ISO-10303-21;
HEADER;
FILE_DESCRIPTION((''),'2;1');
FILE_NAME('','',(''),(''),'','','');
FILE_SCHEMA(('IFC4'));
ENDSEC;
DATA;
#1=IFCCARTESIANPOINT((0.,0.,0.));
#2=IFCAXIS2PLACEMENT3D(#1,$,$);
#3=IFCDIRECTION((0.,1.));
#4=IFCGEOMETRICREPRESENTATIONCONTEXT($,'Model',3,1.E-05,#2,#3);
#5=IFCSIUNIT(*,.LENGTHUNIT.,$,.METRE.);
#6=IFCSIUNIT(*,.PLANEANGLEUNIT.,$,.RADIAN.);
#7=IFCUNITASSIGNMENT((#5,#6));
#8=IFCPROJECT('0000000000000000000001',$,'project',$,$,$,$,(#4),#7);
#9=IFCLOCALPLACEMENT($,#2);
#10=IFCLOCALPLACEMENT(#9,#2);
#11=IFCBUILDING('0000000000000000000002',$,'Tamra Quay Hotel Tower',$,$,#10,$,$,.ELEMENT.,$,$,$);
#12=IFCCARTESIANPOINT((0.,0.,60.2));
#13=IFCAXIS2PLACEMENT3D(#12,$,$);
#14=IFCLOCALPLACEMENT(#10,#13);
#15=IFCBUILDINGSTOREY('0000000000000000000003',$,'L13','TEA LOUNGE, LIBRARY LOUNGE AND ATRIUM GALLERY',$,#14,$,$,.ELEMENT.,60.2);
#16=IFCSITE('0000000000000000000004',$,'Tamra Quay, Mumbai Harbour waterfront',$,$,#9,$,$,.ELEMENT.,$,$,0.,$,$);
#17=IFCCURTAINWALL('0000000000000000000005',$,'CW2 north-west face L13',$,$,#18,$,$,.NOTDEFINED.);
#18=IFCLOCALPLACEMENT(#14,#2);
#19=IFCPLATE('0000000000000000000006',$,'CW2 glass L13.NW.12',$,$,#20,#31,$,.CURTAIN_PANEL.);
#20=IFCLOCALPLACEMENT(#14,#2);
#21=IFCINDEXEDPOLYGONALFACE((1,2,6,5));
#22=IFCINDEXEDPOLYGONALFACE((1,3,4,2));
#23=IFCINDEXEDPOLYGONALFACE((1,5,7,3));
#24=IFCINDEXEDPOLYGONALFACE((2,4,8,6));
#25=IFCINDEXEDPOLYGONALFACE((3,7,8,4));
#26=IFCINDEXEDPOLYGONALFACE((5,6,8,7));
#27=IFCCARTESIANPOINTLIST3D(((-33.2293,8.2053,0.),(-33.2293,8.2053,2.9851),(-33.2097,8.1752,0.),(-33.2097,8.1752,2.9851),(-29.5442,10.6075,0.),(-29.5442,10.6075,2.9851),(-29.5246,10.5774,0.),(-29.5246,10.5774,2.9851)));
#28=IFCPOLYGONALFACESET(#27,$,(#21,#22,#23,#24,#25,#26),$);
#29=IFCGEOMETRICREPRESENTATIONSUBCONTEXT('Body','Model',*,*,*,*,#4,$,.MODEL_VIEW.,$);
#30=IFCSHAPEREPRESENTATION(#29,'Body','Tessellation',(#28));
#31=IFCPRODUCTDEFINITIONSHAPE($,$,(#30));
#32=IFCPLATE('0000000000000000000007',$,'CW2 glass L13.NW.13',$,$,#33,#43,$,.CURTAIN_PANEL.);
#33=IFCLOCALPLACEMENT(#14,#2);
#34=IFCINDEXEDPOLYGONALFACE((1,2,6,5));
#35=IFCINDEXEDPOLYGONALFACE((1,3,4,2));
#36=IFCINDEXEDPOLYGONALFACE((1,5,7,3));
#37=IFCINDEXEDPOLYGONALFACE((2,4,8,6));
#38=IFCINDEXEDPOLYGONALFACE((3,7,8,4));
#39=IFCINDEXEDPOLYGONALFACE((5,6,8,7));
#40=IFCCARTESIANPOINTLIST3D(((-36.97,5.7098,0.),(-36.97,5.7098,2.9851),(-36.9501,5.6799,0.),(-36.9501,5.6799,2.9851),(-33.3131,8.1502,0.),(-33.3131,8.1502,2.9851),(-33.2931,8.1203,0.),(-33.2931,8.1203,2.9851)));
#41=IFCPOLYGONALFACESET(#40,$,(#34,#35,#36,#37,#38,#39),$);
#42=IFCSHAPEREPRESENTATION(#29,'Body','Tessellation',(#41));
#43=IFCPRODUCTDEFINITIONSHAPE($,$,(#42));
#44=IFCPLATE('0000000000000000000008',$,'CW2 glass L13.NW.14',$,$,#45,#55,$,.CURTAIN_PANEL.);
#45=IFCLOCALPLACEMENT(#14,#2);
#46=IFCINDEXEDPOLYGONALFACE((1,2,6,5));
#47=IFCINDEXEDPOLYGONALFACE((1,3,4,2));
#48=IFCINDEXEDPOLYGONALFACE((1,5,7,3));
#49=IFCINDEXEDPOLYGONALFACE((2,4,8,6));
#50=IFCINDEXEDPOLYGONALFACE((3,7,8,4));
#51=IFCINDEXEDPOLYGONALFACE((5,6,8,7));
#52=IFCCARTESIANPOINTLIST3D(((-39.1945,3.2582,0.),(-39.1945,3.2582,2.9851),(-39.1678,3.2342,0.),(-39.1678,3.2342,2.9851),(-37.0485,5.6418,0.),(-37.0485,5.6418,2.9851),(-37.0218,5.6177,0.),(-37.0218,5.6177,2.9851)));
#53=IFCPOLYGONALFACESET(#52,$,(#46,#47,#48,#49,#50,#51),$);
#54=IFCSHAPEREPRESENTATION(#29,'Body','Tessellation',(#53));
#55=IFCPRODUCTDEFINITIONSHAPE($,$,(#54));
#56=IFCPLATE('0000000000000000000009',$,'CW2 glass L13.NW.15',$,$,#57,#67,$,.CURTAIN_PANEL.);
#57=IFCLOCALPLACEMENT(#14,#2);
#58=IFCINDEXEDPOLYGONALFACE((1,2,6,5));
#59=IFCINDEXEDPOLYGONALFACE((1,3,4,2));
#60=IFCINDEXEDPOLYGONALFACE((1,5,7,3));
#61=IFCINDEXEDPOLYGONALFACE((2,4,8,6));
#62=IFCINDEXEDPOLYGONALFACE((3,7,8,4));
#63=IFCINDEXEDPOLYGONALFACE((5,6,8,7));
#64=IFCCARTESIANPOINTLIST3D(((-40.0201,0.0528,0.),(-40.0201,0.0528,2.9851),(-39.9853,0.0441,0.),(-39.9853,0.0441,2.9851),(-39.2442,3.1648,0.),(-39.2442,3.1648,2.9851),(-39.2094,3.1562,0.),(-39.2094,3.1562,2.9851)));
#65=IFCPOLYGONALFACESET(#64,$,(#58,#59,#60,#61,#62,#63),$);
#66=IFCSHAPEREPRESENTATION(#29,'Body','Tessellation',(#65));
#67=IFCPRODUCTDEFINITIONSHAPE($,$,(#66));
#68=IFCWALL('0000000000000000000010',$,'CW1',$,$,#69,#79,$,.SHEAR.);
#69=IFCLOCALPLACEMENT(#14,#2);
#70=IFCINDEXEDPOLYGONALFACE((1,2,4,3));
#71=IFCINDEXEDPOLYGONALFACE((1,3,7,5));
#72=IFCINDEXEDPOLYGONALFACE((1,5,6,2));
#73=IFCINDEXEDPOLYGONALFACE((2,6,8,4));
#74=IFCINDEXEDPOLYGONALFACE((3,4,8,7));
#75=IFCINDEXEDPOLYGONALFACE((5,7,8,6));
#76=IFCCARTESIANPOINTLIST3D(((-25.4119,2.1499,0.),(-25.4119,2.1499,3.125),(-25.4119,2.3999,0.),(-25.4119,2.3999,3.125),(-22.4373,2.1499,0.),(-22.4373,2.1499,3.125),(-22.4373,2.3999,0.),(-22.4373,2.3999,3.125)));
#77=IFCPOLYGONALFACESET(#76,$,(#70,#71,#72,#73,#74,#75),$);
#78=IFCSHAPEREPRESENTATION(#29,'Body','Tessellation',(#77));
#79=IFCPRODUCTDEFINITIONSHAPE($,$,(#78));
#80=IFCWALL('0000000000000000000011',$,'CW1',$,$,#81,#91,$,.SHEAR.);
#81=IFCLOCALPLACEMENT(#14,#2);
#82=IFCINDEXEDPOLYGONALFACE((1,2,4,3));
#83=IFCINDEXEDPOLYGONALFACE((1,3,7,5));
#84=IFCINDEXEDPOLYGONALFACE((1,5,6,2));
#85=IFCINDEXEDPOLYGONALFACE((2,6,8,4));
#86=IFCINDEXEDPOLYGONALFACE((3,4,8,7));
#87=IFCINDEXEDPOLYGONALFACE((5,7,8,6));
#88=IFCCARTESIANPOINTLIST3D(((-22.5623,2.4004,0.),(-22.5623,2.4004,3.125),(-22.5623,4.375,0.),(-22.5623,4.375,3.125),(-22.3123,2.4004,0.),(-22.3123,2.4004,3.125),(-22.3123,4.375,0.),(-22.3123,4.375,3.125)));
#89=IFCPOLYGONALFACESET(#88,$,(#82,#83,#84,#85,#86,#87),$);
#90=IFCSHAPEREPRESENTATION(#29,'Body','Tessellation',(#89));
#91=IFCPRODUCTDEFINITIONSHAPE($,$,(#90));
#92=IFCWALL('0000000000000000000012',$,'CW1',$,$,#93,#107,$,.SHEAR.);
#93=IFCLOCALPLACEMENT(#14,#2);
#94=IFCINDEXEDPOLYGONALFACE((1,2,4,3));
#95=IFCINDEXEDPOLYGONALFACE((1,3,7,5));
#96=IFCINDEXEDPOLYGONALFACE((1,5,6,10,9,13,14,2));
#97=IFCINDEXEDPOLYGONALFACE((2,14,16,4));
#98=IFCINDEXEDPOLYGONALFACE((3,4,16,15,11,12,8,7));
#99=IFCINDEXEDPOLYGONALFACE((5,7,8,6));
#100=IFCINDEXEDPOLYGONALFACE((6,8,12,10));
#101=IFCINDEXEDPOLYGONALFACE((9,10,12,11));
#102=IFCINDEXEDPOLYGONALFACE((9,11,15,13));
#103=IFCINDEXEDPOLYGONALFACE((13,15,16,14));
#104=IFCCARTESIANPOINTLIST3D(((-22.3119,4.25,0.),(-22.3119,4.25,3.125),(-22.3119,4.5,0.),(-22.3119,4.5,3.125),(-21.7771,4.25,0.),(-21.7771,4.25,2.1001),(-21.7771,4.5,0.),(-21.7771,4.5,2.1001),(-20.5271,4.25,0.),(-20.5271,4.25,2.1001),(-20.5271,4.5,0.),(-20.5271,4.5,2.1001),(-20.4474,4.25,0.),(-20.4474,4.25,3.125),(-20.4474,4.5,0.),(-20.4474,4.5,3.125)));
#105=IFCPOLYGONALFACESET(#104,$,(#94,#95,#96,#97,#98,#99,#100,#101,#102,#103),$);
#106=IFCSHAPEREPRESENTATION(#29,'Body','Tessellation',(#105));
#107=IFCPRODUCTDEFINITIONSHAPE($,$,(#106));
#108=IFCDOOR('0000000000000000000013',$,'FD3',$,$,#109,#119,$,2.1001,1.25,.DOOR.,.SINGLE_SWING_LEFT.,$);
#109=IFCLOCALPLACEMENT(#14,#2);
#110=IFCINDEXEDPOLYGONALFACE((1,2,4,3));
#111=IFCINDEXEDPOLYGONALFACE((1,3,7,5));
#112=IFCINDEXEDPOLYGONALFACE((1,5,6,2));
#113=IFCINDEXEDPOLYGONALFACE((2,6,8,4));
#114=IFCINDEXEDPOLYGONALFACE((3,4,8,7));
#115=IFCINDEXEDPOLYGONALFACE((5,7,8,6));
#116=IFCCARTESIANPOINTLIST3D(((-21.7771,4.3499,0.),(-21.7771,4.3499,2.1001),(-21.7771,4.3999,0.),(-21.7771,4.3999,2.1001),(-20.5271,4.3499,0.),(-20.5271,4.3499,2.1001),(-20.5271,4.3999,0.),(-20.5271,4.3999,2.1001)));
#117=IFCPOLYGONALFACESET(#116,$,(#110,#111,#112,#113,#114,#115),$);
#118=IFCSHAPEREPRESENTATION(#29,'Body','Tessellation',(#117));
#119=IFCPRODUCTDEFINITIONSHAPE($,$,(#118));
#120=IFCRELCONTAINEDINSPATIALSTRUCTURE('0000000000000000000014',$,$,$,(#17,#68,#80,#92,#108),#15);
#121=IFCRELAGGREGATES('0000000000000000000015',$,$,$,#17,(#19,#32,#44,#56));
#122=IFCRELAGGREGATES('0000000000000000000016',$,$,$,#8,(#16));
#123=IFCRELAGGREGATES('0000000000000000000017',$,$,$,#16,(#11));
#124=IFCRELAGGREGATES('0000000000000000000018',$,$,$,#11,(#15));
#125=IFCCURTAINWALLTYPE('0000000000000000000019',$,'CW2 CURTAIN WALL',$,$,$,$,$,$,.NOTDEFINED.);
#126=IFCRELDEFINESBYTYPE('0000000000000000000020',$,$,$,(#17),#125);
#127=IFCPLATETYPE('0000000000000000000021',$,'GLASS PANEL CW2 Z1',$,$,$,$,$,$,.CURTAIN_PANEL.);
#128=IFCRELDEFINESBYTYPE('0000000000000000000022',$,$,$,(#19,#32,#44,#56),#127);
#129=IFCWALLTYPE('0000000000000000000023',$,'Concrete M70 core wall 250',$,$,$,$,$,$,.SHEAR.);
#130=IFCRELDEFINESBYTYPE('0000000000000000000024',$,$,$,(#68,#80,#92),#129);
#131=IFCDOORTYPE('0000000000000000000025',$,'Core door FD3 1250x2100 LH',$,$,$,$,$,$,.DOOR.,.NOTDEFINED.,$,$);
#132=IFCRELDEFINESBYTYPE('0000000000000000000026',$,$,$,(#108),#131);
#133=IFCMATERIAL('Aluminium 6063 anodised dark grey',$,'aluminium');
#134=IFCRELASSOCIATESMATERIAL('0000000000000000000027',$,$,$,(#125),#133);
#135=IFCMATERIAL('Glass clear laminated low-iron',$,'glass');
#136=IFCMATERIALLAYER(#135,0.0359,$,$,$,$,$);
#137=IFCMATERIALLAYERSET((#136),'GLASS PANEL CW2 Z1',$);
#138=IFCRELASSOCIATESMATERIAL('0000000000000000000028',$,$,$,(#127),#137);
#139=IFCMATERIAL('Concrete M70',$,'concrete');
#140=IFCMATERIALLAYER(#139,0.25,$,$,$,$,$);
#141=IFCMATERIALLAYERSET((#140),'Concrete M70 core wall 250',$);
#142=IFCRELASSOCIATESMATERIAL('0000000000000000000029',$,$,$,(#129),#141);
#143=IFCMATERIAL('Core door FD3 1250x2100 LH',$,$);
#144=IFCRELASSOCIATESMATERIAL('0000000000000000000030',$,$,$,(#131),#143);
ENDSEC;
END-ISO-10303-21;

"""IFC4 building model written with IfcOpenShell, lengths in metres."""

from ifc_helpers import new_model, si_unit, direction, frame, frame_2d, origin, origin_2d, place, context, subcontext, project, spatial, rectangle, extrude, material, layer, layer_set, type_object, element, fill, aggregate, save


model = new_model("IFC4")

# Units and contexts
model_context = context("Model", 3, precision=1e-05, world=origin(), true_north=direction((0.0, 1.0)))
body_context = subcontext(model_context, "Body", "Model", "MODEL_VIEW")
ifc_project = project(units=[si_unit("LENGTHUNIT", "METRE"), si_unit("PLANEANGLEUNIT", "RADIAN")], contexts=[model_context])

# Site, building, storey
site_placement = place(None, origin())
site = spatial("IfcSite", under=ifc_project, at=site_placement, Name="Tamra Quay, Mumbai Harbour waterfront", CompositionType="ELEMENT", RefElevation=0.0)
building_placement = place(site_placement, origin())
building = spatial("IfcBuilding", under=site, at=building_placement, Name="Tamra Quay Hotel Tower", CompositionType="ELEMENT")
storey_placement = place(building_placement, frame((0.0, 0.0, 60.2)))
storey = spatial("IfcBuildingStorey", under=building, at=storey_placement, Name="L13", Description="TEA LOUNGE, LIBRARY LOUNGE AND ATRIUM GALLERY", CompositionType="ELEMENT", Elevation=60.2)

# Shared definitions
ifc_material_1 = material(Name="Concrete M70", Category="concrete")

# Curtain wall
ifc_material_2 = material(Name="Aluminium 6063 anodised dark grey", Category="aluminium")
curtain_wall_type = type_object("IfcCurtainWallType", Name="CW2 CURTAIN WALL", PredefinedType="NOTDEFINED", material=ifc_material_2)
curtain_wall_placement = place(storey_placement, origin())
curtain_wall = element("IfcCurtainWall", 1, at=curtain_wall_placement, inside=storey, type_object=curtain_wall_type, Name="CW2 north-west face L13", PredefinedType="NOTDEFINED")

# Plates
ifc_material_3 = material(Name="Glass clear laminated low-iron", Category="glass")
ifc_layer_1 = layer(ifc_material_3, 0.0359)
ifc_layer_set_1 = layer_set([ifc_layer_1], Name="GLASS PANEL CW2 Z1")
plate_type = type_object("IfcPlateType", Name="GLASS PANEL CW2 Z1", PredefinedType="CURTAIN_PANEL", material=ifc_layer_set_1)
plate_1_placement = place(storey_placement, frame((-31.377, 9.3914, 0.0), z_axis=(0.0, 0.0, 1.0), x_axis=(-0.837728, -0.546088, 0.0)))
plate_1 = element("IfcPlate", 2, at=plate_1_placement, type_object=plate_type, Name="CW2 glass L13.NW.12", PredefinedType="CURTAIN_PANEL", context=body_context, shape_type="SweptSolid", body=[
    extrude(rectangle(XDim=4.3989, YDim=0.0359, at=origin_2d()), origin(), (0.0, 0.0, 1.0), 2.9851),
])
plate_2_placement = place(storey_placement, frame((-35.1316, 6.915, 0.0), z_axis=(0.0, 0.0, 1.0), x_axis=(-0.831798, -0.555078, 0.0)))
plate_2 = element("IfcPlate", 3, at=plate_2_placement, type_object=plate_type, Name="CW2 glass L13.NW.13", PredefinedType="CURTAIN_PANEL", context=body_context, shape_type="SweptSolid", body=[
    extrude(rectangle(XDim=4.3965, YDim=0.0359, at=origin_2d()), origin(), (0.0, 0.0, 1.0), 2.9851),
])
plate_3_placement = place(storey_placement, frame((-38.1082, 4.438, 0.0), z_axis=(0.0, 0.0, 1.0), x_axis=(-0.669112, -0.743161, 0.0)))
plate_3 = element("IfcPlate", 4, at=plate_3_placement, type_object=plate_type, Name="CW2 glass L13.NW.14", PredefinedType="CURTAIN_PANEL", context=body_context, shape_type="SweptSolid", body=[
    extrude(rectangle(XDim=3.2073, YDim=0.0359, at=origin_2d()), origin(), (0.0, 0.0, 1.0), 2.9851),
])
plate_4_placement = place(storey_placement, frame((-39.6147, 1.6045, 0.0), z_axis=(0.0, 0.0, 1.0), x_axis=(-0.241914, -0.970298, 0.0)))
plate_4 = element("IfcPlate", 5, at=plate_4_placement, type_object=plate_type, Name="CW2 glass L13.NW.15", PredefinedType="CURTAIN_PANEL", context=body_context, shape_type="SweptSolid", body=[
    extrude(rectangle(XDim=3.2073, YDim=0.0359, at=origin_2d()), origin(), (0.0, 0.0, 1.0), 2.9851),
])
aggregate(curtain_wall, [plate_1, plate_2, plate_3, plate_4])

# Walls
ifc_layer_2 = layer(ifc_material_1, 0.25)
ifc_layer_set_2 = layer_set([ifc_layer_2], Name="Concrete M70 core wall 250")
wall_type = type_object("IfcWallType", Name="Concrete M70 core wall 250", PredefinedType="SHEAR", material=ifc_layer_set_2)
wall_1_placement = place(storey_placement, frame((-25.4119, 2.2749, 0.0), z_axis=(0.0, 0.0, 1.0), x_axis=(1.0, 0.0, 0.0)))
element("IfcWall", 6, at=wall_1_placement, inside=storey, type_object=wall_type, Name="CW1", PredefinedType="SHEAR", context=body_context, shape_type="SweptSolid", body=[
    extrude(rectangle(XDim=2.9746, YDim=0.25, at=frame_2d((1.4873, 0.0))), origin(), (0.0, 0.0, 1.0), 3.125),
])
wall_2_placement = place(storey_placement, frame((-22.4373, 2.4004, 0.0), z_axis=(0.0, 0.0, 1.0), x_axis=(0.0, 1.0, 0.0)))
element("IfcWall", 7, at=wall_2_placement, inside=storey, type_object=wall_type, Name="CW1", PredefinedType="SHEAR", context=body_context, shape_type="SweptSolid", body=[
    extrude(rectangle(XDim=1.9746, YDim=0.25, at=frame_2d((0.9873, 0.0))), origin(), (0.0, 0.0, 1.0), 3.125),
])

# Wall, opening, door
wall_3_placement = place(storey_placement, frame((-22.3118, 4.375, 0.0), z_axis=(0.0, 0.0, 1.0), x_axis=(1.0, 0.0, 0.0)))
wall_3 = element("IfcWall", 8, at=wall_3_placement, inside=storey, type_object=wall_type, Name="CW1", PredefinedType="SHEAR", context=body_context, shape_type="SweptSolid", body=[
    extrude(rectangle(XDim=1.8645, YDim=0.25, at=frame_2d((0.9321, 0.0))), origin(), (0.0, 0.0, 1.0), 3.125),
])
opening_placement = place(wall_3_placement, frame((0.5347, 0.0, 0.0)))
opening = element("IfcOpeningElement", 9, at=opening_placement, cuts=wall_3, PredefinedType="OPENING", context=body_context, shape_type="SweptSolid", body=[
    extrude(rectangle(XDim=1.25, YDim=2.1001, at=frame_2d((0.625, 1.05))), frame((0.0, 0.135, 0.0), z_axis=(0.0, -1.0, 0.0), x_axis=(1.0, 0.0, 0.0)), (0.0, 0.0, 1.0), 0.27),
])
ifc_material_4 = material(Name="Core door FD3 1250x2100 LH")
door_type = type_object("IfcDoorType", Name="Core door FD3 1250x2100 LH", OperationType="NOTDEFINED", PredefinedType="DOOR", material=ifc_material_4)
door_placement = place(opening_placement, origin())
door = element("IfcDoor", 10, at=door_placement, inside=storey, type_object=door_type, Name="FD3", OperationType="SINGLE_SWING_LEFT", OverallHeight=2.1001, OverallWidth=1.25, PredefinedType="DOOR", context=body_context, shape_type="SweptSolid", body=[
    extrude(rectangle(XDim=1.25, YDim=2.1001, at=frame_2d((0.625, 1.05))), frame((0.0, 0.0249, 0.0), z_axis=(0.0, -1.0, 0.0), x_axis=(1.0, 0.0, 0.0)), (0.0, 0.0, 1.0), 0.05),
])
fill(opening, door)

save(model, "model.ifc")
